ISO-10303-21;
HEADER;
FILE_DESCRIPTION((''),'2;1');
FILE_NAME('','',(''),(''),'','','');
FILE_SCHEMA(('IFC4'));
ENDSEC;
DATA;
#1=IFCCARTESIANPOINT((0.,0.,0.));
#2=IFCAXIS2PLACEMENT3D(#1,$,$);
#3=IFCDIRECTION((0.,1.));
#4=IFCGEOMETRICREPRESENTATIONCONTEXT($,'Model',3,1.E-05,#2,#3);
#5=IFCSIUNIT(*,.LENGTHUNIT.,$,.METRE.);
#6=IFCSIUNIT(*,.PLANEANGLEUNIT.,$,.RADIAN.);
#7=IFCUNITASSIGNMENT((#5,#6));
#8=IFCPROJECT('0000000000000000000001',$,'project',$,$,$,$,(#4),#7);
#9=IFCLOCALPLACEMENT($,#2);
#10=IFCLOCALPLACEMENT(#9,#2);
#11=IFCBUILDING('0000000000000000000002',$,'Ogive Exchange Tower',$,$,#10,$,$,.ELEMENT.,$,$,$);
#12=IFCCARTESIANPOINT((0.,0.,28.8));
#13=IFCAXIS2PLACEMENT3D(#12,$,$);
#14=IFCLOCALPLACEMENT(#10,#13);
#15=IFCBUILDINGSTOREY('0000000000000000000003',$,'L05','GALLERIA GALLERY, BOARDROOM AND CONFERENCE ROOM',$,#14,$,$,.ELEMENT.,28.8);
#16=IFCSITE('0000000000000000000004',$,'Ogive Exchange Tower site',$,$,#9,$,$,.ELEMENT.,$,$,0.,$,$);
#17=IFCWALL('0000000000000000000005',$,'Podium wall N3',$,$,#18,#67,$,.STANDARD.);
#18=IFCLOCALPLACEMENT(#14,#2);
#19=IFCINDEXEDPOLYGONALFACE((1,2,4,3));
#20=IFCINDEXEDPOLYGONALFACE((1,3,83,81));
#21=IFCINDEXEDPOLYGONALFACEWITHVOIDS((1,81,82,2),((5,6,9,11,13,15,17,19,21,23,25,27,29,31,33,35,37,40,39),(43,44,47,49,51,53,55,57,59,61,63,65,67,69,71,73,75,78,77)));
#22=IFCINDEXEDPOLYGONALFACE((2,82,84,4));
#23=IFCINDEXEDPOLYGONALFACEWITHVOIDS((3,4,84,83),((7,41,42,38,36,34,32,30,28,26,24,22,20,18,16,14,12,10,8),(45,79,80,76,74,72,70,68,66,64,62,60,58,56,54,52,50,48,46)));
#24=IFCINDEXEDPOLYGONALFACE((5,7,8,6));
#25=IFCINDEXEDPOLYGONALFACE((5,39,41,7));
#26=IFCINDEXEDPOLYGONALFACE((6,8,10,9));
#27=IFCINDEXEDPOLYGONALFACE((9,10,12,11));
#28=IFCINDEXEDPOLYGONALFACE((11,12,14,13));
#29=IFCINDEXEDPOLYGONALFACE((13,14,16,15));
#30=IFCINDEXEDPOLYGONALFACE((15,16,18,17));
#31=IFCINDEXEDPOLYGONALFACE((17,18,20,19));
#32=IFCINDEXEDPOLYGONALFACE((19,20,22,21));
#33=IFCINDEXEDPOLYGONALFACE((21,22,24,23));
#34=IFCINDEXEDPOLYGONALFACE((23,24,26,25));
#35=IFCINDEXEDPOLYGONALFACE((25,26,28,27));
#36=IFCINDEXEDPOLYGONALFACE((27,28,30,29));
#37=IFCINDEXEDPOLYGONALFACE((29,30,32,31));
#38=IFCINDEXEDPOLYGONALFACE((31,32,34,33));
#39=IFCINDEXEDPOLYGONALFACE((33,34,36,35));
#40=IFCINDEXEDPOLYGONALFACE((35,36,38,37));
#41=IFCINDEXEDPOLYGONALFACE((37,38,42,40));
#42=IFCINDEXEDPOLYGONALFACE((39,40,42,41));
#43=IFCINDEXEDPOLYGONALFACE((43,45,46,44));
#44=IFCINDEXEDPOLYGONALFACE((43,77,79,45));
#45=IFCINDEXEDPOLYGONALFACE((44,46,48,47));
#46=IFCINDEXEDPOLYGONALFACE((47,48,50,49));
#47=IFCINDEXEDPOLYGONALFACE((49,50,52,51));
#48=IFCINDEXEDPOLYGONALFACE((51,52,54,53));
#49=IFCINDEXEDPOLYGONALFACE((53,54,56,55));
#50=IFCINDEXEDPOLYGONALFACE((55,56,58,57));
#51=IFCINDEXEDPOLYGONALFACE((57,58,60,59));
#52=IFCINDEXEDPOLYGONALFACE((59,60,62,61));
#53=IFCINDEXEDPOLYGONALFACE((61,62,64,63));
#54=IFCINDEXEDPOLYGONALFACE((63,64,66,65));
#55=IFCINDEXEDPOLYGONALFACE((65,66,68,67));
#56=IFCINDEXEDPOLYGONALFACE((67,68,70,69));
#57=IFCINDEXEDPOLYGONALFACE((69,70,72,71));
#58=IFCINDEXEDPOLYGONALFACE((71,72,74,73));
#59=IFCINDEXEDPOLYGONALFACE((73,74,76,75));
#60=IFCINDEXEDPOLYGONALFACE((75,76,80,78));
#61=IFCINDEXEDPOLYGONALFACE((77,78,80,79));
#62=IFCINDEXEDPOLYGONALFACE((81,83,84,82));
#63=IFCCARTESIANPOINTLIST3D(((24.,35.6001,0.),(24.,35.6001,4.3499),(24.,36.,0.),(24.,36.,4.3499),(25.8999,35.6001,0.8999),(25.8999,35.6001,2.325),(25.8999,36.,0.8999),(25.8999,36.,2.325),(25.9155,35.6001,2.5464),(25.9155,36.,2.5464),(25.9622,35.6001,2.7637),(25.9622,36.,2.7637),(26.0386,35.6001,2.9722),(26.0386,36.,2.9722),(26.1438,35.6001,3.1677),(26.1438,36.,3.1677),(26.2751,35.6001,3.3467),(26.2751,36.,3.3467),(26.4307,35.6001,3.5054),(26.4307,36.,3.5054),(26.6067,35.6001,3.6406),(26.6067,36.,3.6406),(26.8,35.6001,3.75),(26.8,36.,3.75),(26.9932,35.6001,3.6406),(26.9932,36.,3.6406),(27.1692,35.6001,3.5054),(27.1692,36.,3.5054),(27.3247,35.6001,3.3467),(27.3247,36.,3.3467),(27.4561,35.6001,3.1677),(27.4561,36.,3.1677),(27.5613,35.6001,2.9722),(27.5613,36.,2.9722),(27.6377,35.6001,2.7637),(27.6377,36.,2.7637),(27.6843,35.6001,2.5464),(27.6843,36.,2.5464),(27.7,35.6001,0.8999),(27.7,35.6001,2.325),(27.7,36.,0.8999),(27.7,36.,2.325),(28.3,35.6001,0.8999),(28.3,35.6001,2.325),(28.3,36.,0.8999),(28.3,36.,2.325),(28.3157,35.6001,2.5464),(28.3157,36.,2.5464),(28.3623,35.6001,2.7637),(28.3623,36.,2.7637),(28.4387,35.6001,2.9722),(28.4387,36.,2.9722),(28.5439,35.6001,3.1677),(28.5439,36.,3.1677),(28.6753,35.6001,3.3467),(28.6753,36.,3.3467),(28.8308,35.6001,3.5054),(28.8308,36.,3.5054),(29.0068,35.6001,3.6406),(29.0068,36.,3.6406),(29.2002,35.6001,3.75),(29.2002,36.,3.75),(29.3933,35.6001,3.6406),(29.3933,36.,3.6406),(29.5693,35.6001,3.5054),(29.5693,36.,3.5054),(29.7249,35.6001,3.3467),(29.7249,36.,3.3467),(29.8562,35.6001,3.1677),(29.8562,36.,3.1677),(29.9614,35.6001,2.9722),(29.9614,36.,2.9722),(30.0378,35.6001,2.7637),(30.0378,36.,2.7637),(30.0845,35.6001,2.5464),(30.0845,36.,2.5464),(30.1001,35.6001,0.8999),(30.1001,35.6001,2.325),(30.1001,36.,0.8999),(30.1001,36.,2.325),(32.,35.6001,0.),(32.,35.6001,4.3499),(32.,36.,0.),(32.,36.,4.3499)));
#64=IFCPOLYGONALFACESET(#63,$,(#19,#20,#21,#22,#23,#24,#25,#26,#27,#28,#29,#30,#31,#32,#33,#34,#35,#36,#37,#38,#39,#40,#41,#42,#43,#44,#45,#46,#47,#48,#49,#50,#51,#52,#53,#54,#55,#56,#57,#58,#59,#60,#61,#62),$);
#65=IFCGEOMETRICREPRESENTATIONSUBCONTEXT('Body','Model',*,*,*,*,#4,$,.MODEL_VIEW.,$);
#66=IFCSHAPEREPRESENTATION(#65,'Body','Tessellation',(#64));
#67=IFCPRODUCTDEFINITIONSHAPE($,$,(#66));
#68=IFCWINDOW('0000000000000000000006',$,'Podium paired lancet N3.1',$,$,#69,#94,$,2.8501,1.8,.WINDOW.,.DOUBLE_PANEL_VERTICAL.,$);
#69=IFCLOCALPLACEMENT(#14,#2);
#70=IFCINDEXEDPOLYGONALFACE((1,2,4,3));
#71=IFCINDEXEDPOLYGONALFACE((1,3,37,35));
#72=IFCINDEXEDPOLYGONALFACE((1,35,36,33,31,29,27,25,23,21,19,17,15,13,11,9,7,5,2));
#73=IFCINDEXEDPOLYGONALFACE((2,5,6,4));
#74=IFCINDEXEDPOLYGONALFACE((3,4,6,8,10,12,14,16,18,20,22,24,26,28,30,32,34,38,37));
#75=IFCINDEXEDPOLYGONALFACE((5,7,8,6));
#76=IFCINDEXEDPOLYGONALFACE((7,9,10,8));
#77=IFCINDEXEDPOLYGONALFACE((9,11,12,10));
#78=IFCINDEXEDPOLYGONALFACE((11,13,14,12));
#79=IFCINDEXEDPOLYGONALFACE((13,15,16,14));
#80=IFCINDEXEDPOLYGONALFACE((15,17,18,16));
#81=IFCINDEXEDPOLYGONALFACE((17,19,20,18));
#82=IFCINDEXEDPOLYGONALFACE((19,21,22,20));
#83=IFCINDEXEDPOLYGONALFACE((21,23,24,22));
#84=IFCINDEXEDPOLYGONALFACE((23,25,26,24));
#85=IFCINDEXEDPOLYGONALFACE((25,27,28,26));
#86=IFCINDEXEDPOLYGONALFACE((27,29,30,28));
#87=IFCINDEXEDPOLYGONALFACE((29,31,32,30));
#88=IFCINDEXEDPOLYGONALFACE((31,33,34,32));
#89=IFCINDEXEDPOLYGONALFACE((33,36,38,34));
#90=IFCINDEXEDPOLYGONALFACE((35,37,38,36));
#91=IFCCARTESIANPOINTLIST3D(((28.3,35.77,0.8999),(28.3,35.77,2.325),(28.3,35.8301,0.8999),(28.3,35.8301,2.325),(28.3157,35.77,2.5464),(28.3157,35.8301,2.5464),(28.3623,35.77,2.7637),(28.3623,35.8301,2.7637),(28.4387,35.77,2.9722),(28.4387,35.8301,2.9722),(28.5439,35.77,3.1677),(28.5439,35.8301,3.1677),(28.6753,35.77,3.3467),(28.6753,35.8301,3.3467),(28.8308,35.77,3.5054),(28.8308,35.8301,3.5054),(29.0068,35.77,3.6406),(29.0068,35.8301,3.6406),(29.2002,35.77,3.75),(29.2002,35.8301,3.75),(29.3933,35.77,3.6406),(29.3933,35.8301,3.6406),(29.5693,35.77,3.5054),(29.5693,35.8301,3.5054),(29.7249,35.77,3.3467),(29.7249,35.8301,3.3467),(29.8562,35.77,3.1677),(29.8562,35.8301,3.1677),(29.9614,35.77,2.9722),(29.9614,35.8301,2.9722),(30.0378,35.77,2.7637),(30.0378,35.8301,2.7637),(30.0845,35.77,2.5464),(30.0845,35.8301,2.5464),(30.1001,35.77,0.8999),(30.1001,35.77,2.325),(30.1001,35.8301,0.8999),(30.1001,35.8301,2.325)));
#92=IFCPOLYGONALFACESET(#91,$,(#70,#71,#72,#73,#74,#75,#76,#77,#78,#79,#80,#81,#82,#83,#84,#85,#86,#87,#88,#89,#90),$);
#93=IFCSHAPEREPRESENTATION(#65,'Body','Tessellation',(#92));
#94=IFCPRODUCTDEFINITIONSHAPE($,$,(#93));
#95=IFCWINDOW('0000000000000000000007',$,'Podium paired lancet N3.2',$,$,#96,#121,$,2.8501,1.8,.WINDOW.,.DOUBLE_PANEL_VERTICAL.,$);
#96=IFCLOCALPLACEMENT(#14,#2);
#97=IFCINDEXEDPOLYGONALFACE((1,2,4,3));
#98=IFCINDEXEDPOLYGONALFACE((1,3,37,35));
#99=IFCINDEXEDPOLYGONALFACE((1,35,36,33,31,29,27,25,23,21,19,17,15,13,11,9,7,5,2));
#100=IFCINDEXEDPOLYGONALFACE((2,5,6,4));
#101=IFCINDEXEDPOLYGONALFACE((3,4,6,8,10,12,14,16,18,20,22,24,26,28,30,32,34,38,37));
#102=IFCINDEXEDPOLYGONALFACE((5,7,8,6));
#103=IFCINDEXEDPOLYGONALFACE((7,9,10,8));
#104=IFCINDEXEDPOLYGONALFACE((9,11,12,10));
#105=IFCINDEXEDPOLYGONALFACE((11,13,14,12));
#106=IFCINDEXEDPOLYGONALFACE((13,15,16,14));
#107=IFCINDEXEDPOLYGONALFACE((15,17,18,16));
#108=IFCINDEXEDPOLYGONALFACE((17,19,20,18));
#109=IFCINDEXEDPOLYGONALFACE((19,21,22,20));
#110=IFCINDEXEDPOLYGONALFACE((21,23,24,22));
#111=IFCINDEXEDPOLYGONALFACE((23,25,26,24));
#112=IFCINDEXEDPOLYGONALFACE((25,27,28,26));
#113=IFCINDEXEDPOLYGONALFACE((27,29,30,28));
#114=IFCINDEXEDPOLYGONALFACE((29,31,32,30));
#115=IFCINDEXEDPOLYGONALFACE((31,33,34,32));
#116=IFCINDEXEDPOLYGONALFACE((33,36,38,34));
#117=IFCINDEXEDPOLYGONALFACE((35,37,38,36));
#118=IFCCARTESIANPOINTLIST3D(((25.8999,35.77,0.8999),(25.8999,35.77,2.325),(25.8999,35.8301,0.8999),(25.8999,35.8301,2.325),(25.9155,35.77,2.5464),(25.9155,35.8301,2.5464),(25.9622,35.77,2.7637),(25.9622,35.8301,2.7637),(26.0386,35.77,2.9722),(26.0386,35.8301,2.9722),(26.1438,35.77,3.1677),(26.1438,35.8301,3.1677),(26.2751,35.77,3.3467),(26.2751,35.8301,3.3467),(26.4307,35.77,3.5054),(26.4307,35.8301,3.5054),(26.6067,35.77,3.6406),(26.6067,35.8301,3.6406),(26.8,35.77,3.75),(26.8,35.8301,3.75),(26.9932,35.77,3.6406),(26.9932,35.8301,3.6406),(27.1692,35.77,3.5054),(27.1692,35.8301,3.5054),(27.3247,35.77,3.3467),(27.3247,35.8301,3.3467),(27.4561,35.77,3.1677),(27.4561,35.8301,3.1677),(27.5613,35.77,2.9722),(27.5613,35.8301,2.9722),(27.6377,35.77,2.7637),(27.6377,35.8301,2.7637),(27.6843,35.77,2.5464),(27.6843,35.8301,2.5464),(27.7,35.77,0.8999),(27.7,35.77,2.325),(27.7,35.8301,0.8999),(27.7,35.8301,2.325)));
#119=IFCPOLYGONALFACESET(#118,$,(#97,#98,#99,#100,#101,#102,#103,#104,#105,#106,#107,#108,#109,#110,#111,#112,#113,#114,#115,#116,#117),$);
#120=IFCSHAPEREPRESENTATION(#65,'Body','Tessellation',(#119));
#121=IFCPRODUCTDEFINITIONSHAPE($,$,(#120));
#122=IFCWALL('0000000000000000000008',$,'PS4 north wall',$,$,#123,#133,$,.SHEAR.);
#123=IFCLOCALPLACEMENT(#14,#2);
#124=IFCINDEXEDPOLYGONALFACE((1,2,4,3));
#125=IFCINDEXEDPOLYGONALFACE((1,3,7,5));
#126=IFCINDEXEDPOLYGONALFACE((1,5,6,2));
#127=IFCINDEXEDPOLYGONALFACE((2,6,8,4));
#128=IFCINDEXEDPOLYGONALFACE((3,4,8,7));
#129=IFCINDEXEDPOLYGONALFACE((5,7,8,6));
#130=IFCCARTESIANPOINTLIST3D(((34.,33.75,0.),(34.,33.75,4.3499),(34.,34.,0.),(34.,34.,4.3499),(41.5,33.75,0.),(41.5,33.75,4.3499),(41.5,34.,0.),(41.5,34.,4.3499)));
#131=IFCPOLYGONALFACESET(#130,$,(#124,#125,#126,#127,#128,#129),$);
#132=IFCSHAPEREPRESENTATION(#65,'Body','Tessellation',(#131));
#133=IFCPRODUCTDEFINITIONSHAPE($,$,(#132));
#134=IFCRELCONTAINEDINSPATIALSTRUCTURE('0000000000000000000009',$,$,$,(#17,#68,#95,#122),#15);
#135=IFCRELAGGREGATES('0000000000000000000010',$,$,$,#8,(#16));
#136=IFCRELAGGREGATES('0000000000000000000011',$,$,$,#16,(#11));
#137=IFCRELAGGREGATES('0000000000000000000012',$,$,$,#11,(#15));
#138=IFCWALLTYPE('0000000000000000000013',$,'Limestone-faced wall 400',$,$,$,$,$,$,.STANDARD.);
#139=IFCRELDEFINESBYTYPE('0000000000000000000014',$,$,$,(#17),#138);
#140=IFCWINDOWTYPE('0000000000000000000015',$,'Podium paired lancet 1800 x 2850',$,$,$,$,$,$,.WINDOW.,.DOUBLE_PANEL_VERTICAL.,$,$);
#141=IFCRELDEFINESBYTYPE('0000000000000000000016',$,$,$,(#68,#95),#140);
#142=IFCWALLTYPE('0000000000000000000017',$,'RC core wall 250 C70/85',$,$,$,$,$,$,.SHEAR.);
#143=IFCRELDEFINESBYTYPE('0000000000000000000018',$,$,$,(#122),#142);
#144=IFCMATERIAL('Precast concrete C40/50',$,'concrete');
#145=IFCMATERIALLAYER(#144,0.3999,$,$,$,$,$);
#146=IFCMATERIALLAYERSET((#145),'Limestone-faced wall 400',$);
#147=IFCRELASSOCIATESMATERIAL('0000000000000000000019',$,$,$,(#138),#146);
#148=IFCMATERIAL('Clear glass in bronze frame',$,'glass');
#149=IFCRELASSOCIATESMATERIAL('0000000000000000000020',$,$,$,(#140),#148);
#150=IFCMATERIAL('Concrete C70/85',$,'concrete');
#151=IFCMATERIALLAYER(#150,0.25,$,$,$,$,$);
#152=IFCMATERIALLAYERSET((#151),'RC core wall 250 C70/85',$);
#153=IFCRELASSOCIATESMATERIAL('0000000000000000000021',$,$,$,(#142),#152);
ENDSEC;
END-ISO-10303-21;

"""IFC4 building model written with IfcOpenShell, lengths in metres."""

from ifc_helpers import new_model, si_unit, direction, frame, frame_2d, origin, place, context, subcontext, project, spatial, polyline, rectangle, outline, extrude, material, layer, layer_set, type_object, element, fill, save


model = new_model("IFC4")

# Units and contexts
model_context = context("Model", 3, precision=1e-05, world=origin(), true_north=direction((0.0, 1.0)))
body_context = subcontext(model_context, "Body", "Model", "MODEL_VIEW")
ifc_project = project(units=[si_unit("LENGTHUNIT", "METRE"), si_unit("PLANEANGLEUNIT", "RADIAN")], contexts=[model_context])

# Site, building, storey
site_placement = place(None, origin())
site = spatial("IfcSite", under=ifc_project, at=site_placement, Name="Ogive Exchange Tower site", CompositionType="ELEMENT", RefElevation=0.0)
building_placement = place(site_placement, origin())
building = spatial("IfcBuilding", under=site, at=building_placement, Name="Ogive Exchange Tower", CompositionType="ELEMENT")
storey_placement = place(building_placement, frame((0.0, 0.0, 28.8)))
storey = spatial("IfcBuildingStorey", under=building, at=storey_placement, Name="L05", Description="GALLERIA GALLERY, BOARDROOM AND CONFERENCE ROOM", CompositionType="ELEMENT", Elevation=28.8)

# Shared definitions
ifc_material_1 = material(Name="Concrete C70/85", Category="concrete")

# Shared definitions
ifc_material_2 = material(Name="Precast concrete C40/50", Category="concrete")
ifc_layer_1 = layer(ifc_material_2, 0.3999)
ifc_layer_set_1 = layer_set([ifc_layer_1], Name="Limestone-faced wall 400")
wall_type_1 = type_object("IfcWallType", Name="Limestone-faced wall 400", PredefinedType="STANDARD", material=ifc_layer_set_1)

# Wall, openings, windows
ifc_material_3 = material(Name="Clear glass in bronze frame", Category="glass")
window_type = type_object("IfcWindowType", Name="Podium paired lancet 1800 x 2850", PartitioningType="DOUBLE_PANEL_VERTICAL", PredefinedType="WINDOW", material=ifc_material_3)
wall_1_placement = place(storey_placement, frame((32.0, 35.8, 0.0), z_axis=(0.0, 0.0, 1.0), x_axis=(-1.0, 0.0, 0.0)))
wall_1 = element("IfcWall", 1, at=wall_1_placement, inside=storey, type_object=wall_type_1, Name="Podium wall N3", PredefinedType="STANDARD", context=body_context, shape_type="SweptSolid", body=[
    extrude(rectangle(XDim=8.0, YDim=0.3999, at=frame_2d((4.0, 0.0))), origin(), (0.0, 0.0, 1.0), 4.3499),
])
opening_1_placement = place(wall_1_placement, frame((1.8999, 0.0, 0.8999)))
opening_1 = element("IfcOpeningElement", 2, at=opening_1_placement, cuts=wall_1, PredefinedType="OPENING", context=body_context, shape_type="SweptSolid", body=[
    extrude(outline(polyline([(0.0, 0.0), (1.8, 0.0), (1.8, 1.425), (1.7844, 1.6465), (1.7378, 1.8638), (1.6614, 2.0723), (1.5562, 2.2678), (1.4248, 2.4468), (1.2693, 2.6055), (1.0933, 2.7407), (0.8999, 2.8501), (0.7068, 2.7407), (0.5308, 2.6055), (0.3752, 2.4468), (0.2439, 2.2678), (0.1387, 2.0723), (0.0623, 1.8638), (0.0156, 1.6465), (0.0, 1.425), (0.0, 0.0)])), frame((0.0, 0.21, 0.0), z_axis=(0.0, -1.0, 0.0), x_axis=(1.0, 0.0, 0.0)), (0.0, 0.0, 1.0), 0.4199),
])
opening_2_placement = place(wall_1_placement, frame((4.3, 0.0, 0.8999)))
opening_2 = element("IfcOpeningElement", 3, at=opening_2_placement, cuts=wall_1, PredefinedType="OPENING", context=body_context, shape_type="SweptSolid", body=[
    extrude(outline(polyline([(0.0, 0.0), (1.8, 0.0), (1.8, 1.425), (1.7844, 1.6465), (1.7378, 1.8638), (1.6614, 2.0723), (1.5562, 2.2678), (1.4248, 2.4468), (1.2693, 2.6055), (1.0933, 2.7407), (0.8999, 2.8501), (0.7068, 2.7407), (0.5308, 2.6055), (0.3752, 2.4468), (0.2439, 2.2678), (0.1387, 2.0723), (0.0623, 1.8638), (0.0156, 1.6465), (0.0, 1.425), (0.0, 0.0)])), frame((0.0, 0.21, 0.0), z_axis=(0.0, -1.0, 0.0), x_axis=(1.0, 0.0, 0.0)), (0.0, 0.0, 1.0), 0.4199),
])
window_1_placement = place(opening_1_placement, origin())
window_1 = element("IfcWindow", 4, at=window_1_placement, inside=storey, type_object=window_type, Name="Podium paired lancet N3.1", OverallHeight=2.8501, OverallWidth=1.8, PartitioningType="DOUBLE_PANEL_VERTICAL", PredefinedType="WINDOW", context=body_context, shape_type="SweptSolid", body=[
    extrude(outline(polyline([(0.0, 0.0), (1.8, 0.0), (1.8, 1.425), (1.7844, 1.6465), (1.7378, 1.8638), (1.6614, 2.0723), (1.5562, 2.2678), (1.4248, 2.4468), (1.2693, 2.6055), (1.0933, 2.7407), (0.8999, 2.8501), (0.7068, 2.7407), (0.5308, 2.6055), (0.3752, 2.4468), (0.2439, 2.2678), (0.1387, 2.0723), (0.0623, 1.8638), (0.0156, 1.6465), (0.0, 1.425), (0.0, 0.0)])), frame((0.0, 0.03, 0.0), z_axis=(0.0, -1.0, 0.0), x_axis=(1.0, 0.0, 0.0)), (0.0, 0.0, 1.0), 0.0601),
])
fill(opening_1, window_1)
window_2_placement = place(opening_2_placement, origin())
window_2 = element("IfcWindow", 5, at=window_2_placement, inside=storey, type_object=window_type, Name="Podium paired lancet N3.2", OverallHeight=2.8501, OverallWidth=1.8, PartitioningType="DOUBLE_PANEL_VERTICAL", PredefinedType="WINDOW", context=body_context, shape_type="SweptSolid", body=[
    extrude(outline(polyline([(0.0, 0.0), (1.8, 0.0), (1.8, 1.425), (1.7844, 1.6465), (1.7378, 1.8638), (1.6614, 2.0723), (1.5562, 2.2678), (1.4248, 2.4468), (1.2693, 2.6055), (1.0933, 2.7407), (0.8999, 2.8501), (0.7068, 2.7407), (0.5308, 2.6055), (0.3752, 2.4468), (0.2439, 2.2678), (0.1387, 2.0723), (0.0623, 1.8638), (0.0156, 1.6465), (0.0, 1.425), (0.0, 0.0)])), frame((0.0, 0.03, 0.0), z_axis=(0.0, -1.0, 0.0), x_axis=(1.0, 0.0, 0.0)), (0.0, 0.0, 1.0), 0.0601),
])
fill(opening_2, window_2)

# Wall
ifc_layer_2 = layer(ifc_material_1, 0.25)
ifc_layer_set_2 = layer_set([ifc_layer_2], Name="RC core wall 250 C70/85")
wall_type_2 = type_object("IfcWallType", Name="RC core wall 250 C70/85", PredefinedType="SHEAR", material=ifc_layer_set_2)
wall_2_placement = place(storey_placement, frame((34.0, 33.875, 0.0), z_axis=(0.0, 0.0, 1.0), x_axis=(1.0, 0.0, 0.0)))
element("IfcWall", 6, at=wall_2_placement, inside=storey, type_object=wall_type_2, Name="PS4 north wall", PredefinedType="SHEAR", context=body_context, shape_type="SweptSolid", body=[
    extrude(rectangle(XDim=7.5, YDim=0.25, at=frame_2d((3.75, 0.0))), origin(), (0.0, 0.0, 1.0), 4.3499),
])

save(model, "model.ifc")
